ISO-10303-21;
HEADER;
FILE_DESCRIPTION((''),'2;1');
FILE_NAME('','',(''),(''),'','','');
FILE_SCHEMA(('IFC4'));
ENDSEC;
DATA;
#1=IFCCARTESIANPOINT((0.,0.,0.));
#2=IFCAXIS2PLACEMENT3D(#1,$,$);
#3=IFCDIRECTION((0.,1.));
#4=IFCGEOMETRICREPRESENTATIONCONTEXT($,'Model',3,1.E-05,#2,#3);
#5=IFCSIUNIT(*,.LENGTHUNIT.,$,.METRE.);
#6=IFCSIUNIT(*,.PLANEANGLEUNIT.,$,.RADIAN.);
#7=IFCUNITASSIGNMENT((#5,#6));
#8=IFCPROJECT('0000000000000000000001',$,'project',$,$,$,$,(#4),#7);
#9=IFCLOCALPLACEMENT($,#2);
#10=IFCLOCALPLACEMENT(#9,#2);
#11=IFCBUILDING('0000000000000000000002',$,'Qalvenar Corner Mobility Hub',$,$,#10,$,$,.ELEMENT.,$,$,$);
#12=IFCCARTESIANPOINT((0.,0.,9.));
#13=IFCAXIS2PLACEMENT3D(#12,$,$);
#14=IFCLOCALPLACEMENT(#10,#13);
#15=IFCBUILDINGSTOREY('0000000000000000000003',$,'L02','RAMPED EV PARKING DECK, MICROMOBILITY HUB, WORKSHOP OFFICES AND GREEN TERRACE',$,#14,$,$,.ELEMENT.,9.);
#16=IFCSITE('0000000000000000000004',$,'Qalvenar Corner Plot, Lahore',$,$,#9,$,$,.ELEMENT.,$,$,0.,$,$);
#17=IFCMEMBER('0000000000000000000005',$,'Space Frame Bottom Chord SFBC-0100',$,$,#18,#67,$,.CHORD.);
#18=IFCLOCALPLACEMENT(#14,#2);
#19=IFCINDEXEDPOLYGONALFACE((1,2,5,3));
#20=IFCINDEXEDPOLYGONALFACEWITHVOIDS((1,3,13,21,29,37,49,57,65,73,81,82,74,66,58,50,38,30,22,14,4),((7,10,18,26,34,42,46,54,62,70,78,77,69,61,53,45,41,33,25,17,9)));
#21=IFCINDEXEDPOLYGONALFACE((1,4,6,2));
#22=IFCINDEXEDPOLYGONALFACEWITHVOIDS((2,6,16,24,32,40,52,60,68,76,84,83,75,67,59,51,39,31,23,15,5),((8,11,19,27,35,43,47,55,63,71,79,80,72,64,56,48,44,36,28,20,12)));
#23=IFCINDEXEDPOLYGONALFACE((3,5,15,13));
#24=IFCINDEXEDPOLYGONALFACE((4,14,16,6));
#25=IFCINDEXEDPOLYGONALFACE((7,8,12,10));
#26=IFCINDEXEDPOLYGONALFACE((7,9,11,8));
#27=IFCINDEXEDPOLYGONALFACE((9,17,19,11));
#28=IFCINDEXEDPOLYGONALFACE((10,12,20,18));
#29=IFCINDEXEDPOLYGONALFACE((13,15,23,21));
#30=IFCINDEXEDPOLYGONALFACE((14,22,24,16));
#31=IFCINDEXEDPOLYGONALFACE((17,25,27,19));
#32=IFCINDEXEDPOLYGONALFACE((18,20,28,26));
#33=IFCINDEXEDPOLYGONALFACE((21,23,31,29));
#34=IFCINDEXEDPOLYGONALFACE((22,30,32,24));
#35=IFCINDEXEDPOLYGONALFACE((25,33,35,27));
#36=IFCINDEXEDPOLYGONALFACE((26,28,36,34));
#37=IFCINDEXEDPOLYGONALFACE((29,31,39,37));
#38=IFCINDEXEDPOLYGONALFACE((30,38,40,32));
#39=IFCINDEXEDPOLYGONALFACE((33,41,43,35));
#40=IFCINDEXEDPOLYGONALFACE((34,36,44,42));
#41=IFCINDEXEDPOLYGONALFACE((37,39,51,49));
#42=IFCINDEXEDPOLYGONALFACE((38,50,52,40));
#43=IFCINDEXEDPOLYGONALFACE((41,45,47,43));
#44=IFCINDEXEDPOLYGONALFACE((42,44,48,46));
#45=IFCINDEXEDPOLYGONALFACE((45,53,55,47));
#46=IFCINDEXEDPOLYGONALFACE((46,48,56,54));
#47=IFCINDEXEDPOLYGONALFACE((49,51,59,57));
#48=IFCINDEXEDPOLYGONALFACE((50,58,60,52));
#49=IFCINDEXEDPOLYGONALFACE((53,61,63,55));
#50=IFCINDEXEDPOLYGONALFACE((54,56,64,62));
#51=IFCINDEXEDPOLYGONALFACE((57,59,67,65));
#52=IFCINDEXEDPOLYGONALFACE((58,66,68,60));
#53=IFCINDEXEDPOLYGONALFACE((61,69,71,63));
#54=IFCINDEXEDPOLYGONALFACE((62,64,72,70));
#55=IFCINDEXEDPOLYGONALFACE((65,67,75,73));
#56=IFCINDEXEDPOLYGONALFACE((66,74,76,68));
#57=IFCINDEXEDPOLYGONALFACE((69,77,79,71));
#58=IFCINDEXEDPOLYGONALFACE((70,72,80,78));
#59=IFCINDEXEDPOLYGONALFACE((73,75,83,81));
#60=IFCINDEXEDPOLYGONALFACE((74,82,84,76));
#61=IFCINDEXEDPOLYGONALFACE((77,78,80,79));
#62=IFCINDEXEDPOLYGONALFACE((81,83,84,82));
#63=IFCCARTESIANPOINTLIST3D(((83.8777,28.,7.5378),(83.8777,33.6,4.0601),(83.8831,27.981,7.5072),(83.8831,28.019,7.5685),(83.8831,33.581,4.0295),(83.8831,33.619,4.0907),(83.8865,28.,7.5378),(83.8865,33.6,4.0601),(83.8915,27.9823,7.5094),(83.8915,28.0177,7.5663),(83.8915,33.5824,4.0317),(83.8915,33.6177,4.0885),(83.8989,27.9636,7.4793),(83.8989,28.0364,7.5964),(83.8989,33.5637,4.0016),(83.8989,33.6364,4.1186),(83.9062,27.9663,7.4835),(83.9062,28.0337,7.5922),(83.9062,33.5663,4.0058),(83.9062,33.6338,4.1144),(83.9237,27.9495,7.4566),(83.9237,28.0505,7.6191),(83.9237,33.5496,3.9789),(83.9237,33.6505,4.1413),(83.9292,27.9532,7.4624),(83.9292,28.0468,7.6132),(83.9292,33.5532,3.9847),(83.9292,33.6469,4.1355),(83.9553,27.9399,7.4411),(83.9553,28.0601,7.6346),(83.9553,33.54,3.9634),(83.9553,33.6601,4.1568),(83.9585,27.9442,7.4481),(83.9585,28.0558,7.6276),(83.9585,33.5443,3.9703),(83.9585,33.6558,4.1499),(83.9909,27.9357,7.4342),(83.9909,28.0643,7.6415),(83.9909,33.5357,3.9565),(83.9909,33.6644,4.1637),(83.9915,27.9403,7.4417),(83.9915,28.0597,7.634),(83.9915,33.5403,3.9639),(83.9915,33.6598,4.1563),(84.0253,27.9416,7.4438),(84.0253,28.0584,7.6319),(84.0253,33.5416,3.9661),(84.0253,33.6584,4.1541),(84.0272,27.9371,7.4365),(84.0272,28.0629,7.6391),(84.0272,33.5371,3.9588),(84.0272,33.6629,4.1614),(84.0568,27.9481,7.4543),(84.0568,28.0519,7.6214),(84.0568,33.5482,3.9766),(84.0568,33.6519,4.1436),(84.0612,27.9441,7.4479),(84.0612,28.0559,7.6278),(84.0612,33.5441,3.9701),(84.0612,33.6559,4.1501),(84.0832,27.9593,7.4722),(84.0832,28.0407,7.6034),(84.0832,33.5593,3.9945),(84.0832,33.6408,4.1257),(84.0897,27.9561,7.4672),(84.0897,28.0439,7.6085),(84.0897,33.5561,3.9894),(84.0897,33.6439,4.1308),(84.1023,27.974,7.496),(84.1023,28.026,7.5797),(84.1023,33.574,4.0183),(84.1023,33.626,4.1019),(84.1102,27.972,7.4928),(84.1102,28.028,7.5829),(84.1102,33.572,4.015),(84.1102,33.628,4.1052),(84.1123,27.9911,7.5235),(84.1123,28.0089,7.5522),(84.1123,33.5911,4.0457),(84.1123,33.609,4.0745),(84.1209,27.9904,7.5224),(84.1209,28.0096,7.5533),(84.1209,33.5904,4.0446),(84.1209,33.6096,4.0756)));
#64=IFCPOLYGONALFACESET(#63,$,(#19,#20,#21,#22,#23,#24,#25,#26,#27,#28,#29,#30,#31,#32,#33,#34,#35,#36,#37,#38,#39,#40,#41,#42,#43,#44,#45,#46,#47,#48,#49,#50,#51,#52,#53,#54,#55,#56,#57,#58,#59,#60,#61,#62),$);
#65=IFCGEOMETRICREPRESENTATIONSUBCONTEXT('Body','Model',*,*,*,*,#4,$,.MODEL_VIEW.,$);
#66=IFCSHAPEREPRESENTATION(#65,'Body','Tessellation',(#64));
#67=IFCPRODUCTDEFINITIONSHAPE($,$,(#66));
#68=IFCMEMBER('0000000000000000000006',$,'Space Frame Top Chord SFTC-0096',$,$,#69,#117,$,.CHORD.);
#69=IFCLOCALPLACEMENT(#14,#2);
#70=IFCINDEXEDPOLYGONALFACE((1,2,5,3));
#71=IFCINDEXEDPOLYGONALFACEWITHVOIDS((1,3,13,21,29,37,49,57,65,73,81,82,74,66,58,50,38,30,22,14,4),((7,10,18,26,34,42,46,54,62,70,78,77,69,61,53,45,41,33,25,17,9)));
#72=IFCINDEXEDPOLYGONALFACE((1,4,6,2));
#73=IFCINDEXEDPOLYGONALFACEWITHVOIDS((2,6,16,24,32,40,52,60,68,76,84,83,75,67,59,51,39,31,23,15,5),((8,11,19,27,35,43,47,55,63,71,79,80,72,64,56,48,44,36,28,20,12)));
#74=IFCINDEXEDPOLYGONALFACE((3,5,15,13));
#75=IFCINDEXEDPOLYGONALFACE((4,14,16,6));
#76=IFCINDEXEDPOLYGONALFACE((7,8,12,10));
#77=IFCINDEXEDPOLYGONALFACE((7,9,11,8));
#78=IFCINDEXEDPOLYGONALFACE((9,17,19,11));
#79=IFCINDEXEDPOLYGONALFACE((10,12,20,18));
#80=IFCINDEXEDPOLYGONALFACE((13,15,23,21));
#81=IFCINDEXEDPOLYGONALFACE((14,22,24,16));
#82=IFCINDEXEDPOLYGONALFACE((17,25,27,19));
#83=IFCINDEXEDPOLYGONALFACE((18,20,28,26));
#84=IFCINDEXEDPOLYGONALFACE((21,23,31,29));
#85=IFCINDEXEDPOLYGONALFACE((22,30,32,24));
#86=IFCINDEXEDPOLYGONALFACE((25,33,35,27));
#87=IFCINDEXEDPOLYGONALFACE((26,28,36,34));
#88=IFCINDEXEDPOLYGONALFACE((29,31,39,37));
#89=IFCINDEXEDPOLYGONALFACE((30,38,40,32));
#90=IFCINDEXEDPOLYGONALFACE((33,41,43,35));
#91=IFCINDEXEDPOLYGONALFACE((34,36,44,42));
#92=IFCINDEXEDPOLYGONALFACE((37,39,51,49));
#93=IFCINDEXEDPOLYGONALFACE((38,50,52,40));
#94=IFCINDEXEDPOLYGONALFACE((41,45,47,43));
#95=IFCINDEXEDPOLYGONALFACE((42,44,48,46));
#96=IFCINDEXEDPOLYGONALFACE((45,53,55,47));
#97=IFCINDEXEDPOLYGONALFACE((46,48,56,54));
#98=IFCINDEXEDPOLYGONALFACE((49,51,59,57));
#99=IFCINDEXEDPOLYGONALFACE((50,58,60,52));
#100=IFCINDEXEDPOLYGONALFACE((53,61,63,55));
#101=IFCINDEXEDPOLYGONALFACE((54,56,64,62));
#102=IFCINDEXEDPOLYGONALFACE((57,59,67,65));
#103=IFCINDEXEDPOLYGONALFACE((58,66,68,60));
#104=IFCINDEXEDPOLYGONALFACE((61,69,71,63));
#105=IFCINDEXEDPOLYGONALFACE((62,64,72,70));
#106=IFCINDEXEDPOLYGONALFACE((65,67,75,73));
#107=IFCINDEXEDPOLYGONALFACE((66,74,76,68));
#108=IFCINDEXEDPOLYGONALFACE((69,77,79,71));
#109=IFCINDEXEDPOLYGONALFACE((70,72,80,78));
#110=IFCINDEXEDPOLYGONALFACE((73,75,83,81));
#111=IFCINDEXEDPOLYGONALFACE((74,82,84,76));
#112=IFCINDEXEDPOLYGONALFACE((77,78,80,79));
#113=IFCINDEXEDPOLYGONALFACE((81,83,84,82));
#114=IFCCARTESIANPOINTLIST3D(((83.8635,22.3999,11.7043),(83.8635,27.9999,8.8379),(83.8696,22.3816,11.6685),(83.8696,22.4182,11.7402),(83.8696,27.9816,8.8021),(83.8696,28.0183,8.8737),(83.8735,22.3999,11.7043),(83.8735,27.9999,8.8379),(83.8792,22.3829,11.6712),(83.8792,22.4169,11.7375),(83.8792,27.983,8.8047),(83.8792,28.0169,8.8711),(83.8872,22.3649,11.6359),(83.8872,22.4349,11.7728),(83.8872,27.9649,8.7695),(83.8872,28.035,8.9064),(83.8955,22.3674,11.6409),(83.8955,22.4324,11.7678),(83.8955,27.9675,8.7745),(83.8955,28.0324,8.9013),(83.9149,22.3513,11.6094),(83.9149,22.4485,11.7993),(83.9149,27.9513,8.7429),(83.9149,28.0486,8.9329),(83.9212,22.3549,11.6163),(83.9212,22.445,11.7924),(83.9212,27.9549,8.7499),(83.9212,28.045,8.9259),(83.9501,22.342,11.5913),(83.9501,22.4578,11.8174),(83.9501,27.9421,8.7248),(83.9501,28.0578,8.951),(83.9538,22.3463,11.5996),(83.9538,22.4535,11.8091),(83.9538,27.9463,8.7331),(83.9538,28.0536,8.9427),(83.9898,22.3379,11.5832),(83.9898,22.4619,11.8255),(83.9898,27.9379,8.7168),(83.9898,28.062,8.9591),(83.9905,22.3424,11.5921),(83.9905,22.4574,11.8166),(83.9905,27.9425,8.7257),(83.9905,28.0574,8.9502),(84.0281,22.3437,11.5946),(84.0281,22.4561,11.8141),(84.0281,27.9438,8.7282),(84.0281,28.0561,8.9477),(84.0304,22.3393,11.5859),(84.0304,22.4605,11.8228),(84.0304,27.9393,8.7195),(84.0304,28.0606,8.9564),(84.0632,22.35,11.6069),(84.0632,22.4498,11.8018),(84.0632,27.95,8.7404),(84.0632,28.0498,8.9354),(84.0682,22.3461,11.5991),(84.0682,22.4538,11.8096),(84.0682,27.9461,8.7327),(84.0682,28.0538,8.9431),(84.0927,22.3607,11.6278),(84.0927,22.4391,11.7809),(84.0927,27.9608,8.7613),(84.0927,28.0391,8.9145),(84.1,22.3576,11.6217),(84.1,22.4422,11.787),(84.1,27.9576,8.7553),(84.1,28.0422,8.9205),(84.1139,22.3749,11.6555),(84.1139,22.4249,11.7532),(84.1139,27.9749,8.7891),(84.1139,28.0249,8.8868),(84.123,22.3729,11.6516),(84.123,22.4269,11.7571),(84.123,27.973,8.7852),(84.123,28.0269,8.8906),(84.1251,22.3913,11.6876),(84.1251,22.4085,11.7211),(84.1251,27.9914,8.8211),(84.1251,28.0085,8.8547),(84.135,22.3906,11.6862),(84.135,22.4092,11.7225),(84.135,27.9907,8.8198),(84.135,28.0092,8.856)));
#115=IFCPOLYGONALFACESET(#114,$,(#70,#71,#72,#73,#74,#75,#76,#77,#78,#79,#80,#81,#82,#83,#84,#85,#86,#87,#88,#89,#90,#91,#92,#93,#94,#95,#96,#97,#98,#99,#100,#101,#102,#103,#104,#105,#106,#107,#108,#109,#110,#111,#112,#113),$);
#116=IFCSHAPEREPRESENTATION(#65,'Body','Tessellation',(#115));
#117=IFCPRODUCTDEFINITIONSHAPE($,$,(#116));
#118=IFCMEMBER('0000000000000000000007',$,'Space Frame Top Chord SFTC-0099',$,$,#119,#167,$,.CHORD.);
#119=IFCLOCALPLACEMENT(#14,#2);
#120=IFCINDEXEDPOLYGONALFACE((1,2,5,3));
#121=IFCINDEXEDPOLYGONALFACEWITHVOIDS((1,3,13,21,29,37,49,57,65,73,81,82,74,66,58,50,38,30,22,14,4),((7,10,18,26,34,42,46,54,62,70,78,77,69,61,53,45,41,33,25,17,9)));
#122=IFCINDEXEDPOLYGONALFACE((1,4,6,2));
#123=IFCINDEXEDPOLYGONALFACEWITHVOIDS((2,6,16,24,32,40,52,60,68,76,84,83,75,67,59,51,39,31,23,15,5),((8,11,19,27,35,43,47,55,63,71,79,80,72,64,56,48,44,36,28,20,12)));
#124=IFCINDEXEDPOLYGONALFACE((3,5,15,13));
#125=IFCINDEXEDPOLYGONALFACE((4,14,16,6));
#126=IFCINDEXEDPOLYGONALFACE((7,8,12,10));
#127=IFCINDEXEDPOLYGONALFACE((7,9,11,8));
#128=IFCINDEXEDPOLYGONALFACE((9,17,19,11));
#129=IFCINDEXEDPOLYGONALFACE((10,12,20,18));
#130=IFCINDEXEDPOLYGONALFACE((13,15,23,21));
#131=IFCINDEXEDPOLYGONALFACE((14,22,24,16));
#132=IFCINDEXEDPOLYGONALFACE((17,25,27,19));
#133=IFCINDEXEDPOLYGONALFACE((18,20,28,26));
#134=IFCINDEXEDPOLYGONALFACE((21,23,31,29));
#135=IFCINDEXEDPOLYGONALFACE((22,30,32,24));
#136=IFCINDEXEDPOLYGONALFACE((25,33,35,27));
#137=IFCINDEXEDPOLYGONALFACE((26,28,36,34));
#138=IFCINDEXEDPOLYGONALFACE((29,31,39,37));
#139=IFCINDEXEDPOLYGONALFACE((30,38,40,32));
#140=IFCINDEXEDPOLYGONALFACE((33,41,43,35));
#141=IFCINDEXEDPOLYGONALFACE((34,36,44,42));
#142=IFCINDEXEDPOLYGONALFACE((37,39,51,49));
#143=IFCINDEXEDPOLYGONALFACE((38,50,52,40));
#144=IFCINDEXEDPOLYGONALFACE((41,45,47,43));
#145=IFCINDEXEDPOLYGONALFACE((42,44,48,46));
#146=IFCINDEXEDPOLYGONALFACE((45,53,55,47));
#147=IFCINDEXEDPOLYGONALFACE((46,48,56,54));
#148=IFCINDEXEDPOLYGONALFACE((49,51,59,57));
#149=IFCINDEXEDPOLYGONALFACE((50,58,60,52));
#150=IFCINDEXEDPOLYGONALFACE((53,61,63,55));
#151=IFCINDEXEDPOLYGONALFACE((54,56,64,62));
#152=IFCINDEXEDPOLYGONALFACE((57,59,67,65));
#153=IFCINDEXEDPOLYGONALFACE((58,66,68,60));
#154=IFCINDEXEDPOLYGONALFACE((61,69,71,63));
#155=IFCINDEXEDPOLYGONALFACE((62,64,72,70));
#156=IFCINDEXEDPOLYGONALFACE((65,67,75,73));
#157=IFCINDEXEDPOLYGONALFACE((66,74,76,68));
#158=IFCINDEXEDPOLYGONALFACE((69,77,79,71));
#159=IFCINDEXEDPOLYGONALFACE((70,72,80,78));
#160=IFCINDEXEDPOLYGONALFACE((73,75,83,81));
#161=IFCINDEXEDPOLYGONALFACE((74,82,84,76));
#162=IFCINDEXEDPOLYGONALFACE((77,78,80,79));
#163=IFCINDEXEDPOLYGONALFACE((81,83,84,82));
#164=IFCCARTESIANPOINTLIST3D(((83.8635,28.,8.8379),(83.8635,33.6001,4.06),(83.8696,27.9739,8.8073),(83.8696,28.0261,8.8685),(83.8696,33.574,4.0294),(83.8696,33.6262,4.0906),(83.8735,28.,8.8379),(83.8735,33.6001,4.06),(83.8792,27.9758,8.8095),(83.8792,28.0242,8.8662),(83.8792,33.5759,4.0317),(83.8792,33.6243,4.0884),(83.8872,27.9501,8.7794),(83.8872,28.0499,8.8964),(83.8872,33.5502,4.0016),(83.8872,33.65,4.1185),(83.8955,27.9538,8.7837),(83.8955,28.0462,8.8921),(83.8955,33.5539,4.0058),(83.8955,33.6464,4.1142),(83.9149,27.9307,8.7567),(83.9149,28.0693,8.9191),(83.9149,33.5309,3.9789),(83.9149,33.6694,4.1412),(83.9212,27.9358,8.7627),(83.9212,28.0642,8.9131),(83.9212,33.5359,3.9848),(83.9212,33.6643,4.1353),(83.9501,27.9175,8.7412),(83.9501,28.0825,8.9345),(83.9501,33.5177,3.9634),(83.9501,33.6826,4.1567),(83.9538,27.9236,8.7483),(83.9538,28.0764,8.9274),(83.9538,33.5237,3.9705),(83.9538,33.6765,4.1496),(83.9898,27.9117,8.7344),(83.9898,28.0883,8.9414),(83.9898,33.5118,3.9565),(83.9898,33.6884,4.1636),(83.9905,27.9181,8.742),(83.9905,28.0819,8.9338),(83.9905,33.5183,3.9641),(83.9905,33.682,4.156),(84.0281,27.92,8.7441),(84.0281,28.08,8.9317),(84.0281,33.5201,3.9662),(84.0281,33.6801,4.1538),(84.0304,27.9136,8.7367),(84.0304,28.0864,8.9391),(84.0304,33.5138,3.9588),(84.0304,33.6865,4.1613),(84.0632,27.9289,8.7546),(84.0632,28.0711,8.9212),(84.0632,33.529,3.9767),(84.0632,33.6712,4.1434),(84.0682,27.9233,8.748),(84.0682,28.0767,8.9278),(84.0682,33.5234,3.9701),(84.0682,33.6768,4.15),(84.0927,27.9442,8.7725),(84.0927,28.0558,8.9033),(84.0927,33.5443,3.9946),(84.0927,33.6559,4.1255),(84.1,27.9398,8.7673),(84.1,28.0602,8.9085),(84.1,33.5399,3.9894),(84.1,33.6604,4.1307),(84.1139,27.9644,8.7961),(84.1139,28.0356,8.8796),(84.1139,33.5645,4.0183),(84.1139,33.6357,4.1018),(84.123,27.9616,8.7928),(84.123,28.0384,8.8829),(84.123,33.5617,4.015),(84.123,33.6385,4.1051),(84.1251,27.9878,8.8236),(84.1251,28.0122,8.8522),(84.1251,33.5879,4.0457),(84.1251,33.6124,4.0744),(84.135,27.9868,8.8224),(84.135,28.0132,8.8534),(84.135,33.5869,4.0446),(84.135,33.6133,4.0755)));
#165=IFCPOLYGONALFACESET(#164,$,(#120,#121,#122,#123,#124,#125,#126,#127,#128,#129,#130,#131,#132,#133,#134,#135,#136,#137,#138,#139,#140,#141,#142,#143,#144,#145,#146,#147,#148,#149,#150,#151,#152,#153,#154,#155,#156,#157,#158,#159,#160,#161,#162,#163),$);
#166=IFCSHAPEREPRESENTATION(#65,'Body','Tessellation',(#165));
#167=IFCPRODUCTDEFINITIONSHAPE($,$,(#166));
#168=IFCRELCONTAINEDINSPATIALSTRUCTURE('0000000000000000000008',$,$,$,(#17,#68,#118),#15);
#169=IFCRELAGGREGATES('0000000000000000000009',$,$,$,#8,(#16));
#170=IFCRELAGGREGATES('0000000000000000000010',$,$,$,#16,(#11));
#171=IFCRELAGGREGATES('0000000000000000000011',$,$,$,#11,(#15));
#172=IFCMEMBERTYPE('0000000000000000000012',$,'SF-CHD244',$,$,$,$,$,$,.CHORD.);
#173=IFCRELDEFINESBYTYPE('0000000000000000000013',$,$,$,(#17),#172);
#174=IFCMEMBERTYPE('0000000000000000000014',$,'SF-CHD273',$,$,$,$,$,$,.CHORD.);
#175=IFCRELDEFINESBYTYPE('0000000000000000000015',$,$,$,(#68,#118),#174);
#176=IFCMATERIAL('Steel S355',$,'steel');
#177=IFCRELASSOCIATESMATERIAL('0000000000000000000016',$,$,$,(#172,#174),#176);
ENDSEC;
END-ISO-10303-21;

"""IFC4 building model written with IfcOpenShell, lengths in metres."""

from ifc_helpers import new_model, si_unit, direction, frame, origin, origin_2d, place, context, subcontext, project, spatial, hollow_circle, extrude, material, material_profile, profile_set, type_object, element, save


model = new_model("IFC4")

# Units and contexts
model_context = context("Model", 3, precision=1e-05, world=origin(), true_north=direction((0.0, 1.0)))
body_context = subcontext(model_context, "Body", "Model", "MODEL_VIEW")
ifc_project = project(units=[si_unit("LENGTHUNIT", "METRE"), si_unit("PLANEANGLEUNIT", "RADIAN")], contexts=[model_context])

# Site, building, storey
site_placement = place(None, origin())
site = spatial("IfcSite", under=ifc_project, at=site_placement, Name="Qalvenar Corner Plot, Lahore", CompositionType="ELEMENT", RefElevation=0.0)
building_placement = place(site_placement, origin())
building = spatial("IfcBuilding", under=site, at=building_placement, Name="Qalvenar Corner Mobility Hub", CompositionType="ELEMENT")
storey_placement = place(building_placement, frame((0.0, 0.0, 9.0)))
storey = spatial("IfcBuildingStorey", under=building, at=storey_placement, Name="L02", Description="RAMPED EV PARKING DECK, MICROMOBILITY HUB, WORKSHOP OFFICES AND GREEN TERRACE", CompositionType="ELEMENT", Elevation=9.0)

# Members
ifc_material_1 = material(Name="Steel S355", Category="steel")
ifc_material_profile_1 = material_profile(ifc_material_1, hollow_circle(Radius=0.1223, WallThickness=0.0088, at=origin_2d()), Name="CHS244.5x8.8")
ifc_profile_set_1 = profile_set([ifc_material_profile_1], Name="Steel S355")
member_type_1 = type_object("IfcMemberType", Name="SF-CHD244", PredefinedType="CHORD", material=ifc_profile_set_1)
member_1_placement = place(storey_placement, frame((84.0, 28.0, 7.5378), z_axis=(0.0, 0.849514, -0.527567), x_axis=(-1.0, 0.0, 0.0)))
element("IfcMember", 1, at=member_1_placement, inside=storey, type_object=member_type_1, Name="Space Frame Bottom Chord SFBC-0100", PredefinedType="CHORD", context=body_context, shape_type="SweptSolid", body=[
    extrude(hollow_circle(Radius=0.1223, WallThickness=0.0088, at=origin_2d()), origin(), (0.0, 0.0, 1.0), 6.592),
])
ifc_material_profile_2 = material_profile(ifc_material_1, hollow_circle(Radius=0.1365, WallThickness=0.01, at=origin_2d()), Name="CHS273x10")
ifc_profile_set_2 = profile_set([ifc_material_profile_2], Name="Steel S355")
member_type_2 = type_object("IfcMemberType", Name="SF-CHD273", PredefinedType="CHORD", material=ifc_profile_set_2)
member_2_placement = place(storey_placement, frame((84.0, 22.3999, 11.7043), z_axis=(0.0, 0.890165, -0.455638), x_axis=(-1.0, 0.0, 0.0)))
element("IfcMember", 2, at=member_2_placement, inside=storey, type_object=member_type_2, Name="Space Frame Top Chord SFTC-0096", PredefinedType="CHORD", context=body_context, shape_type="SweptSolid", body=[
    extrude(hollow_circle(Radius=0.1365, WallThickness=0.01, at=origin_2d()), origin(), (0.0, 0.0, 1.0), 6.291),
])
member_3_placement = place(storey_placement, frame((84.0, 28.0, 8.8379), z_axis=(0.0, 0.760748, -0.649047), x_axis=(-1.0, 0.0, 0.0)))
element("IfcMember", 3, at=member_3_placement, inside=storey, type_object=member_type_2, Name="Space Frame Top Chord SFTC-0099", PredefinedType="CHORD", context=body_context, shape_type="SweptSolid", body=[
    extrude(hollow_circle(Radius=0.1365, WallThickness=0.01, at=origin_2d()), origin(), (0.0, 0.0, 1.0), 7.3613),
])

save(model, "model.ifc")
